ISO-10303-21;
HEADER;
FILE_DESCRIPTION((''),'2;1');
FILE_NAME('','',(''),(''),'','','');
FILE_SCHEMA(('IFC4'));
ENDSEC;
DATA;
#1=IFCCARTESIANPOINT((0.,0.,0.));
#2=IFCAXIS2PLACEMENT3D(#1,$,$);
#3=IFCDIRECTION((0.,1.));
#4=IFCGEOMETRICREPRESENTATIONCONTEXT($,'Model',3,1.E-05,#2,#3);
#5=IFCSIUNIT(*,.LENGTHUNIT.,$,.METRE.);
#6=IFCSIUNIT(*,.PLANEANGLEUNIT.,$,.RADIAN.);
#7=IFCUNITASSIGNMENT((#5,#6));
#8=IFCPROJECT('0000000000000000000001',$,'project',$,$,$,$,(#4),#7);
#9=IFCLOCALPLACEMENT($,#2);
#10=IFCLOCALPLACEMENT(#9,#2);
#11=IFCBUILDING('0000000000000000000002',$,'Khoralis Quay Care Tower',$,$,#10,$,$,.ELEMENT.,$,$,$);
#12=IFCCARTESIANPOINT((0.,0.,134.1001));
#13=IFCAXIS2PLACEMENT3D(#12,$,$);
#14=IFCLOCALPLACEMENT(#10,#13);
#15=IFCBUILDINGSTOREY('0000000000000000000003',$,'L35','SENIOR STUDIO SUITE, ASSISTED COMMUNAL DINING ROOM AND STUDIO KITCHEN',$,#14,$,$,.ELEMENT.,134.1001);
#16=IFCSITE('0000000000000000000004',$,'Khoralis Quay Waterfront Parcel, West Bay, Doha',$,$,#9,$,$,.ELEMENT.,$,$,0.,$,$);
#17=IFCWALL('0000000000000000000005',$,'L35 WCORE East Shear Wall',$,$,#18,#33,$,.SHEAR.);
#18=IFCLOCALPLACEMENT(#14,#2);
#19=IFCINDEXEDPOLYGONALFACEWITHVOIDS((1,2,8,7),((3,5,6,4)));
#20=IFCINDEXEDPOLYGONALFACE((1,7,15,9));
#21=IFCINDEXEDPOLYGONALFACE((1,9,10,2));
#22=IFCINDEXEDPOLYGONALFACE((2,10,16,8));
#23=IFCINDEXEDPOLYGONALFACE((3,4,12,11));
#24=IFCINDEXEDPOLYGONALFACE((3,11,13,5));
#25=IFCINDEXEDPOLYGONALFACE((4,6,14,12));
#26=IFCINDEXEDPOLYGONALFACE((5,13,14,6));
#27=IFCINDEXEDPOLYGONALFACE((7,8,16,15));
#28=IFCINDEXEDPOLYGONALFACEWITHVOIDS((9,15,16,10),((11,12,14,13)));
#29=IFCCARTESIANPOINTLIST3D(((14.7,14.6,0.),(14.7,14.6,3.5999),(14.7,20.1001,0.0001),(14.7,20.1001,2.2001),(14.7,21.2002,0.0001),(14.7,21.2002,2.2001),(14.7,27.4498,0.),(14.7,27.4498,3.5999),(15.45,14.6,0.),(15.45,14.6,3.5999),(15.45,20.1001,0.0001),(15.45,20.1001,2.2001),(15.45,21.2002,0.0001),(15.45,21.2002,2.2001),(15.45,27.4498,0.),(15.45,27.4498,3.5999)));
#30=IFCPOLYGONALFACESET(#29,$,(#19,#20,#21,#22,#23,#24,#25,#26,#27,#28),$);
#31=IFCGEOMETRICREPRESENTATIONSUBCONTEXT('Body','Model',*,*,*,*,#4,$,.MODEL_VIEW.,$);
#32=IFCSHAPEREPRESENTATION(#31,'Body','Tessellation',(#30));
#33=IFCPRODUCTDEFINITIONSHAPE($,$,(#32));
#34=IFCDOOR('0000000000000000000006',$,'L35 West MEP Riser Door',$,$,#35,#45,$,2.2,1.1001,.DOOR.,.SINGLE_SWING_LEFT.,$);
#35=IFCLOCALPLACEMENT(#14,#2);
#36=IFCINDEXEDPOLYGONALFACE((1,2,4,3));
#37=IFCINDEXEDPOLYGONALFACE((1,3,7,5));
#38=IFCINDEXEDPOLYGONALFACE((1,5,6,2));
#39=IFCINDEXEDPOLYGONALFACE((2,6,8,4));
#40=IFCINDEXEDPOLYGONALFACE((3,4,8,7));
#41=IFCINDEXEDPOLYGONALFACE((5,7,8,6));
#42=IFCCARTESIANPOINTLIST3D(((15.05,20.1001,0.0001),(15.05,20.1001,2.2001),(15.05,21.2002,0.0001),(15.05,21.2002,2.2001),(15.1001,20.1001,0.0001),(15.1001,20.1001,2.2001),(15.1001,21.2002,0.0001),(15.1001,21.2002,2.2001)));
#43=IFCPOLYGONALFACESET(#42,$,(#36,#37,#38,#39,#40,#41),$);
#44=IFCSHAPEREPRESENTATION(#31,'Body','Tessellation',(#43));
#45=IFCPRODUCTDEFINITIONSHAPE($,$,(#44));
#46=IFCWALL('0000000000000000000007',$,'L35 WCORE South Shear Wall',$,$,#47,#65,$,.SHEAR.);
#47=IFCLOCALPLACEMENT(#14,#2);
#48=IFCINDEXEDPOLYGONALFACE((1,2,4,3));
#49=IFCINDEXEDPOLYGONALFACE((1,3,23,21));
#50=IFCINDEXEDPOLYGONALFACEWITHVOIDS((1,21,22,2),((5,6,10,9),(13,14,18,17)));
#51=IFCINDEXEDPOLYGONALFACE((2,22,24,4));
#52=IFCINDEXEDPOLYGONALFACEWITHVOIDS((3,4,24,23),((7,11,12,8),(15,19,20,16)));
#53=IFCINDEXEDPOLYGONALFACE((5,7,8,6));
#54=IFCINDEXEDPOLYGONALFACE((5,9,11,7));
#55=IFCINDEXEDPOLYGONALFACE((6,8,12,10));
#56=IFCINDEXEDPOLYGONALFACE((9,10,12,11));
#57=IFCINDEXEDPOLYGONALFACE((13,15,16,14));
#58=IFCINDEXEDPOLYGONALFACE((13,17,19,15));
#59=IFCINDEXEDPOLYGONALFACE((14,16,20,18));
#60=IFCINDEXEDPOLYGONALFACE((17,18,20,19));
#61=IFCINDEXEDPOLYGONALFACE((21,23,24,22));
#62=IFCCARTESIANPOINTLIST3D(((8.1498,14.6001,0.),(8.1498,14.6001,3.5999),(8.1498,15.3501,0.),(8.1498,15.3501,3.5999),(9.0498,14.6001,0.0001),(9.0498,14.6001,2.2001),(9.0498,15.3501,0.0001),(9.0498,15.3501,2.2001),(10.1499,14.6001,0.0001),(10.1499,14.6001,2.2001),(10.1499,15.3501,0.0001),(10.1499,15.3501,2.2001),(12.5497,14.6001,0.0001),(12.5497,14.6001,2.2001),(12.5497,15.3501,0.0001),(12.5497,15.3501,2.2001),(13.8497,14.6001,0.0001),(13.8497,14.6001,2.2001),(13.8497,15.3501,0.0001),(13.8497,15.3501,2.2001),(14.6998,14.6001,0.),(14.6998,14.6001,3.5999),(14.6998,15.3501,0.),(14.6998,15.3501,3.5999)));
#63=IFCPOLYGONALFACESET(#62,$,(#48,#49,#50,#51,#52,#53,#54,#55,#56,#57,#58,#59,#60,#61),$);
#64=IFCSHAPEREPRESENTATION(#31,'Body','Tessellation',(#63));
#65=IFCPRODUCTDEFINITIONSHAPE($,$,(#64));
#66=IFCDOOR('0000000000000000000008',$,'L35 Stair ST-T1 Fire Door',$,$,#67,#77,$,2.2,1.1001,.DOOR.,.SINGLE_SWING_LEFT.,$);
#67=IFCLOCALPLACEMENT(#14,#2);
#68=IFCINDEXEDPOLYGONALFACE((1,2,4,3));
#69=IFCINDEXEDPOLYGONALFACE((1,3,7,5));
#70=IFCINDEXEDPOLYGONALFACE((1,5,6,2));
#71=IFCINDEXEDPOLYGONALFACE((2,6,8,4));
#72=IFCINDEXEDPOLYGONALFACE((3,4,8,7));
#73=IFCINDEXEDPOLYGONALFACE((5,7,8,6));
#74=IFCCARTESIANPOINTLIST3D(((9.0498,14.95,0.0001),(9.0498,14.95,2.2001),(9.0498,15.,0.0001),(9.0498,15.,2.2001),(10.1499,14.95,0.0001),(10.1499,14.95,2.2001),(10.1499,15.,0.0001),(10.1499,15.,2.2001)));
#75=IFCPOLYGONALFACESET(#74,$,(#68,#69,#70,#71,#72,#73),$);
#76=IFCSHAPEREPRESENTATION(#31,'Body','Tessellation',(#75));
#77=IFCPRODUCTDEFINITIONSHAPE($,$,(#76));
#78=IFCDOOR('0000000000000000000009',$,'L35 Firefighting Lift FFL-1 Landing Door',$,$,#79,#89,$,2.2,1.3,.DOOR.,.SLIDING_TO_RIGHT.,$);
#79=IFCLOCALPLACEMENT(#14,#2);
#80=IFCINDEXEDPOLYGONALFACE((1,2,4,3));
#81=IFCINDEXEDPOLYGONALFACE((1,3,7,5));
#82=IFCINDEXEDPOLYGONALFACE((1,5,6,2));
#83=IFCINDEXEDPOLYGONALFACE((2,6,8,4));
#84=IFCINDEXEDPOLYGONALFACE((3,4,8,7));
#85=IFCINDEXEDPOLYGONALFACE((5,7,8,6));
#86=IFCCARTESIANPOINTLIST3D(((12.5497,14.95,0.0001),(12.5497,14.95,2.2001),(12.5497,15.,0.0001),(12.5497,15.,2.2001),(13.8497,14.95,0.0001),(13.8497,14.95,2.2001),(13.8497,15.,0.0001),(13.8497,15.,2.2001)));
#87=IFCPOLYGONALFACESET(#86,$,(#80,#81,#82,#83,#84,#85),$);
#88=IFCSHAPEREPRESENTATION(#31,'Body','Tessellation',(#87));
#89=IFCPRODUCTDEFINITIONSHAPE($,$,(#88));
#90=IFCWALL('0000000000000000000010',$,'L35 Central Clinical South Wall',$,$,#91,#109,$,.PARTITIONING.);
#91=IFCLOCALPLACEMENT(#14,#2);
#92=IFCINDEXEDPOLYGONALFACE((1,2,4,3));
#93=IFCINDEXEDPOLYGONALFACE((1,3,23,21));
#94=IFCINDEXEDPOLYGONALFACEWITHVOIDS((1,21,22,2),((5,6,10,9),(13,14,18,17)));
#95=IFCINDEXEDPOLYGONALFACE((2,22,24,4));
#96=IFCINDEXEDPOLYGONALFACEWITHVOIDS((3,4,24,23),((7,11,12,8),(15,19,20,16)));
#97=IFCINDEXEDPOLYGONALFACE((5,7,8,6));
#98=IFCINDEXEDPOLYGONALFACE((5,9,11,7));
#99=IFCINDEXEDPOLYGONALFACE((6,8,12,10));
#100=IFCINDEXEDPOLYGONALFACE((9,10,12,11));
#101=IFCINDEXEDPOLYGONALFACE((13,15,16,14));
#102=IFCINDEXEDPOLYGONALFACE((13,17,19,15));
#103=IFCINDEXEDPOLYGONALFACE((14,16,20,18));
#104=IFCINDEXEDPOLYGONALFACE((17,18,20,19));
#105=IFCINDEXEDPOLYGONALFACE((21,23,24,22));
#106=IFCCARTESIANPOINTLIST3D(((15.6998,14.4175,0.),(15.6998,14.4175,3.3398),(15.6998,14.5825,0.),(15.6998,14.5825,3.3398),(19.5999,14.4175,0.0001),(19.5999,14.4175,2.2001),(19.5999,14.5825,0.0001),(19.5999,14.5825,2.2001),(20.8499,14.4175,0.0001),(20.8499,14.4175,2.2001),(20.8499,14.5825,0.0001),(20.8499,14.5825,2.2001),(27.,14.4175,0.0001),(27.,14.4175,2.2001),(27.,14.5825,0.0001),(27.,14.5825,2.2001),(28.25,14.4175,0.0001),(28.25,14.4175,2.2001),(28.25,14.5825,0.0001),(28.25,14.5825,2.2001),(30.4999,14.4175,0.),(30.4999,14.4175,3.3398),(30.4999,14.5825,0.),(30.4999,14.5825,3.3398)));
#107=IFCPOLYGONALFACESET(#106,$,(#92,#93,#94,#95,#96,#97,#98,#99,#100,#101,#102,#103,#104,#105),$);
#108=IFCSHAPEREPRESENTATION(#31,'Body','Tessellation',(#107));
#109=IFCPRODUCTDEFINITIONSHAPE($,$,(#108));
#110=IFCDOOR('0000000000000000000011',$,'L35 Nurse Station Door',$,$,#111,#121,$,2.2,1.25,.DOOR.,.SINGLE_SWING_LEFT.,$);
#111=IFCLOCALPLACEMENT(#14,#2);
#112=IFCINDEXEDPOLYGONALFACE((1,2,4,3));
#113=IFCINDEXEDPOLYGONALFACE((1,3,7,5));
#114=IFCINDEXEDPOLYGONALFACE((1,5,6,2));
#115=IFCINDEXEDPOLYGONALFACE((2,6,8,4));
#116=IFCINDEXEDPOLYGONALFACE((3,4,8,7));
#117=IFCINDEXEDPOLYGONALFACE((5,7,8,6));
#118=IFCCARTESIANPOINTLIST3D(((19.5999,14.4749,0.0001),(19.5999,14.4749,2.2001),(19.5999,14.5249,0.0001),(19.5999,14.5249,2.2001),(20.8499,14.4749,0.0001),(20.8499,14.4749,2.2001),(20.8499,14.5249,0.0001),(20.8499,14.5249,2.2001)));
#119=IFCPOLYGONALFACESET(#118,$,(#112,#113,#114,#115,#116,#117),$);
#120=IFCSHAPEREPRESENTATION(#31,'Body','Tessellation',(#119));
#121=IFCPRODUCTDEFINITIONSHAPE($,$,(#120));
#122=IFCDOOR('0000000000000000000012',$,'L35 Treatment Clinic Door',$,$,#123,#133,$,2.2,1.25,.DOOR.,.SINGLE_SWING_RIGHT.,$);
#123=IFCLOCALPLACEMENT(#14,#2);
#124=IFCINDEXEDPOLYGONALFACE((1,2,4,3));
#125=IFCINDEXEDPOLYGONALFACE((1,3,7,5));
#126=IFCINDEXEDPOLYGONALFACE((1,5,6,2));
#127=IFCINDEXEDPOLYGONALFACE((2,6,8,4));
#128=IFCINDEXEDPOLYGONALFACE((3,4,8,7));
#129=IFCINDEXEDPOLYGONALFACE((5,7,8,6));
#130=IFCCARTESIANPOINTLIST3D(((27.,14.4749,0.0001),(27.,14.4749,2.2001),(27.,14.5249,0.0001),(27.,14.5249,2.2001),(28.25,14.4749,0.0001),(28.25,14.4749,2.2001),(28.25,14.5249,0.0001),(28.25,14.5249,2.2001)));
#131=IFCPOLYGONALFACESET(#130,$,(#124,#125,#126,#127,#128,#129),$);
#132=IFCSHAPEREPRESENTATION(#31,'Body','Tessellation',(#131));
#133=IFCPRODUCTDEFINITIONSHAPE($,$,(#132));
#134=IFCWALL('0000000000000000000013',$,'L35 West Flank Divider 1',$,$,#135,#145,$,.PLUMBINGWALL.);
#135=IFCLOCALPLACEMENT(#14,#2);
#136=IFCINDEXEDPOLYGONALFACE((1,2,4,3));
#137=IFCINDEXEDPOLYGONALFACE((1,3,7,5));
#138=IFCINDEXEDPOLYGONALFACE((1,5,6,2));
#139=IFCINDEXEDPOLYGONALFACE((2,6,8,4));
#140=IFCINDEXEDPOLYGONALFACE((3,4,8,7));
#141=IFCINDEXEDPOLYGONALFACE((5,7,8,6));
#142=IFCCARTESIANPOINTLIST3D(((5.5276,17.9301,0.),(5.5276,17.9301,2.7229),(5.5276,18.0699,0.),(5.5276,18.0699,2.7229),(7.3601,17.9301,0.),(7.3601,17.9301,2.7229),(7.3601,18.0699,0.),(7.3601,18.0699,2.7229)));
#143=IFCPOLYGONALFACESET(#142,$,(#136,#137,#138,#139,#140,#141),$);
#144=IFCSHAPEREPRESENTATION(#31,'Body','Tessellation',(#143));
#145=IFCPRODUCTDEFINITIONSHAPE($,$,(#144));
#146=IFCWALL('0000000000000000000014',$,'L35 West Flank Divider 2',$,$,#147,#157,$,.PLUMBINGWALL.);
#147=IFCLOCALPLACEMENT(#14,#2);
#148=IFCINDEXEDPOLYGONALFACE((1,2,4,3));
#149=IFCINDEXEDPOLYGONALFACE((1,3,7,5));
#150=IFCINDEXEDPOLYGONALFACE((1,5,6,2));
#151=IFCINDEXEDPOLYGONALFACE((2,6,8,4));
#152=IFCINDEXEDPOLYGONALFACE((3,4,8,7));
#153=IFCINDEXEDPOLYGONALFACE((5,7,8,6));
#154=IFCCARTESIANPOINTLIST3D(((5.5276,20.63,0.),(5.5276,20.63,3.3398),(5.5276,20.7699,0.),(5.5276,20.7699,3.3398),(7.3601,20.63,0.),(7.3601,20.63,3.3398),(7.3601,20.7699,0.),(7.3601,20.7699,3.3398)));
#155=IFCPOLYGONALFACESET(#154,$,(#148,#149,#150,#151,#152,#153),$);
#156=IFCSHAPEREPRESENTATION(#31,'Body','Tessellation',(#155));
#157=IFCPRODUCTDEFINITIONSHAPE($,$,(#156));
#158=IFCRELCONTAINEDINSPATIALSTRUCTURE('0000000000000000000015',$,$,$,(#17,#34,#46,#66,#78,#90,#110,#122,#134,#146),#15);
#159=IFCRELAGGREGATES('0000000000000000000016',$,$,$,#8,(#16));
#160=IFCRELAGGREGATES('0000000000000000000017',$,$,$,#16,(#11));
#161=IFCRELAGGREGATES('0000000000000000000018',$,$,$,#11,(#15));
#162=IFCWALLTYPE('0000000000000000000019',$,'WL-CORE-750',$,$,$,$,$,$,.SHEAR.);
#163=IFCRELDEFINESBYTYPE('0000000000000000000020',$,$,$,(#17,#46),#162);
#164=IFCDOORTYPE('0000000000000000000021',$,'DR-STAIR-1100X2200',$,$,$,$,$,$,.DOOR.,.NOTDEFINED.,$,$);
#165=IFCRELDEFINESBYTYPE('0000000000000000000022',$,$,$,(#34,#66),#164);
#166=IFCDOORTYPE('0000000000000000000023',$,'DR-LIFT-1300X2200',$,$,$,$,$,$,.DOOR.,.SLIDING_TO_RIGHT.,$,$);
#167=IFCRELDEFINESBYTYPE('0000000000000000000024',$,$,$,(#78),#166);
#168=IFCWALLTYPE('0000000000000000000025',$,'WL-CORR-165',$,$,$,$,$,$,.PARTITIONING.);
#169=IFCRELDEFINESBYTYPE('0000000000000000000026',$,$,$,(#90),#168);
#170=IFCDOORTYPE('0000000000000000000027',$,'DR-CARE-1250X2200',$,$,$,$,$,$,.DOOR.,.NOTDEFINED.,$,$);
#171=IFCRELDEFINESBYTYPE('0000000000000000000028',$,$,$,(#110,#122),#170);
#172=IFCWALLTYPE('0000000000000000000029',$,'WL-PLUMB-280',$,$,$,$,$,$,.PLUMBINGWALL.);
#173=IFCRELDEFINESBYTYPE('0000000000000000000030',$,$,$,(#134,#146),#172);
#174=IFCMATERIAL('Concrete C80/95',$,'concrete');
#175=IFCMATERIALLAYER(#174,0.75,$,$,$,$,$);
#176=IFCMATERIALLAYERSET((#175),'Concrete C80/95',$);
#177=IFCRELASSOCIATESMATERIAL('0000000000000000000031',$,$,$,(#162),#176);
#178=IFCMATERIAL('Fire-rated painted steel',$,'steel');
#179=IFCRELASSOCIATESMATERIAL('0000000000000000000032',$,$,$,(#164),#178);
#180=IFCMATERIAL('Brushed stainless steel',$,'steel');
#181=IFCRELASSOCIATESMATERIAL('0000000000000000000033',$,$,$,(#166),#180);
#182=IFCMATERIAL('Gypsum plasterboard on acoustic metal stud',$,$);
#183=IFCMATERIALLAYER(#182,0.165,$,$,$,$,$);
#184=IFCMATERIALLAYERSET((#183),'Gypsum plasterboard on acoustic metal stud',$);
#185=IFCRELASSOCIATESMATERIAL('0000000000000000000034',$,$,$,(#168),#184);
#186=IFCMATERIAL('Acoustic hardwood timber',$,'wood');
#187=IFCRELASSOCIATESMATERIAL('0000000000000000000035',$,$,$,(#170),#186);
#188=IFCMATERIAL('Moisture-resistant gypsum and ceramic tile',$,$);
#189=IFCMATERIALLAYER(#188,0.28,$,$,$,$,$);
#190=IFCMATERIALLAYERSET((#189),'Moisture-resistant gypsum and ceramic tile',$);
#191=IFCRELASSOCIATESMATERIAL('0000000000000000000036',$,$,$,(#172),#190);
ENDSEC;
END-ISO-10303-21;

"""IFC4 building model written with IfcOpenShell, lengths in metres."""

from ifc_helpers import new_model, si_unit, direction, frame, frame_2d, origin, place, context, subcontext, project, spatial, rectangle, extrude, source, transform, mapped, material, layer, layer_set, type_object, element, fill, save


model = new_model("IFC4")

# Units and contexts
model_context = context("Model", 3, precision=1e-05, world=origin(), true_north=direction((0.0, 1.0)))
body_context = subcontext(model_context, "Body", "Model", "MODEL_VIEW")
ifc_project = project(units=[si_unit("LENGTHUNIT", "METRE"), si_unit("PLANEANGLEUNIT", "RADIAN")], contexts=[model_context])

# Site, building, storey
site_placement = place(None, origin())
site = spatial("IfcSite", under=ifc_project, at=site_placement, Name="Khoralis Quay Waterfront Parcel, West Bay, Doha", CompositionType="ELEMENT", RefElevation=0.0)
building_placement = place(site_placement, origin())
building = spatial("IfcBuilding", under=site, at=building_placement, Name="Khoralis Quay Care Tower", CompositionType="ELEMENT")
storey_placement = place(building_placement, frame((0.0, 0.0, 134.1001)))
storey = spatial("IfcBuildingStorey", under=building, at=storey_placement, Name="L35", Description="SENIOR STUDIO SUITE, ASSISTED COMMUNAL DINING ROOM AND STUDIO KITCHEN", CompositionType="ELEMENT", Elevation=134.1001)

# Shared definitions
ifc_material_1 = material(Name="Gypsum plasterboard on acoustic metal stud")
ifc_material_2 = material(Name="Concrete C80/95", Category="concrete")
ifc_layer_1 = layer(ifc_material_2, 0.75)
ifc_layer_set_1 = layer_set([ifc_layer_1], Name="Concrete C80/95")
wall_type_1 = type_object("IfcWallType", Name="WL-CORE-750", PredefinedType="SHEAR", material=ifc_layer_set_1)

# Wall, opening, door
wall_1_placement = place(storey_placement, frame((15.075, 14.6001, 0.0), z_axis=(0.0, 0.0, 1.0), x_axis=(0.0, 1.0, 0.0)))
wall_1 = element("IfcWall", 1, at=wall_1_placement, inside=storey, type_object=wall_type_1, Name="L35 WCORE East Shear Wall", PredefinedType="SHEAR", context=body_context, shape_type="SweptSolid", body=[
    extrude(rectangle(XDim=12.8499, YDim=0.75, at=frame_2d((6.4248, 0.0))), origin(), (0.0, 0.0, 1.0), 3.5999),
])
opening_1_placement = place(wall_1_placement, frame((5.5, 0.0, 0.0)))
opening_1 = element("IfcOpeningElement", 2, at=opening_1_placement, cuts=wall_1, PredefinedType="OPENING", context=body_context, shape_type="SweptSolid", body=[
    extrude(rectangle(XDim=1.1001, YDim=2.2, at=frame_2d((0.55, 1.1001))), frame((0.0, 0.385, 0.0), z_axis=(0.0, -1.0, 0.0), x_axis=(1.0, 0.0, 0.0)), (0.0, 0.0, 1.0), 0.77),
])
ifc_material_3 = material(Name="Fire-rated painted steel", Category="steel")
door_type_1 = type_object("IfcDoorType", Name="DR-STAIR-1100X2200", OperationType="NOTDEFINED", PredefinedType="DOOR", material=ifc_material_3)
shared_shape_1 = source(origin(), body_context, "Body", "SweptSolid", [
    extrude(rectangle(XDim=1.1001, YDim=2.2, at=frame_2d((0.55, 1.1001))), frame((0.0, 0.0249, 0.0), z_axis=(0.0, -1.0, 0.0), x_axis=(1.0, 0.0, 0.0)), (0.0, 0.0, 1.0), 0.05),
])
door_1_placement = place(opening_1_placement, origin())
door_1 = element("IfcDoor", 3, at=door_1_placement, inside=storey, type_object=door_type_1, Name="L35 West MEP Riser Door", OperationType="SINGLE_SWING_LEFT", OverallHeight=2.2, OverallWidth=1.1001, PredefinedType="DOOR", context=body_context, shape_type="MappedRepresentation", body=[
    mapped(shared_shape_1, transform((0.0, 0.0, 0.0), scale=1.0)),
])
fill(opening_1, door_1)

# Walls, openings, doors
wall_2_placement = place(storey_placement, frame((8.1499, 14.9751, 0.0), z_axis=(0.0, 0.0, 1.0), x_axis=(1.0, 0.0, 0.0)))
wall_2 = element("IfcWall", 4, at=wall_2_placement, inside=storey, type_object=wall_type_1, Name="L35 WCORE South Shear Wall", PredefinedType="SHEAR", context=body_context, shape_type="SweptSolid", body=[
    extrude(rectangle(XDim=6.55, YDim=0.75, at=frame_2d((3.2749, 0.0))), origin(), (0.0, 0.0, 1.0), 3.5999),
])
opening_2_placement = place(wall_2_placement, frame((0.8999, 0.0, 0.0)))
opening_2 = element("IfcOpeningElement", 5, at=opening_2_placement, cuts=wall_2, PredefinedType="OPENING", context=body_context, shape_type="SweptSolid", body=[
    extrude(rectangle(XDim=1.1001, YDim=2.2, at=frame_2d((0.55, 1.1001))), frame((0.0, 0.385, 0.0), z_axis=(0.0, -1.0, 0.0), x_axis=(1.0, 0.0, 0.0)), (0.0, 0.0, 1.0), 0.77),
])
opening_3_placement = place(wall_2_placement, frame((4.3999, 0.0, 0.0)))
opening_3 = element("IfcOpeningElement", 6, at=opening_3_placement, cuts=wall_2, PredefinedType="OPENING", context=body_context, shape_type="SweptSolid", body=[
    extrude(rectangle(XDim=1.3, YDim=2.2, at=frame_2d((0.6499, 1.1001))), frame((0.0, 0.385, 0.0), z_axis=(0.0, -1.0, 0.0), x_axis=(1.0, 0.0, 0.0)), (0.0, 0.0, 1.0), 0.77),
])
door_2_placement = place(opening_2_placement, origin())
door_2 = element("IfcDoor", 7, at=door_2_placement, inside=storey, type_object=door_type_1, Name="L35 Stair ST-T1 Fire Door", OperationType="SINGLE_SWING_LEFT", OverallHeight=2.2, OverallWidth=1.1001, PredefinedType="DOOR", context=body_context, shape_type="MappedRepresentation", body=[
    mapped(shared_shape_1, transform((0.0, 0.0, 0.0), scale=1.0)),
])
fill(opening_2, door_2)
ifc_material_4 = material(Name="Brushed stainless steel", Category="steel")
door_type_2 = type_object("IfcDoorType", Name="DR-LIFT-1300X2200", OperationType="SLIDING_TO_RIGHT", PredefinedType="DOOR", material=ifc_material_4)
shared_shape_2 = source(origin(), body_context, "Body", "SweptSolid", [
    extrude(rectangle(XDim=1.3, YDim=2.2, at=frame_2d((0.6499, 1.1001))), frame((0.0, 0.0249, 0.0), z_axis=(0.0, -1.0, 0.0), x_axis=(1.0, 0.0, 0.0)), (0.0, 0.0, 1.0), 0.05),
])
door_3_placement = place(opening_3_placement, origin())
door_3 = element("IfcDoor", 8, at=door_3_placement, inside=storey, type_object=door_type_2, Name="L35 Firefighting Lift FFL-1 Landing Door", OperationType="SLIDING_TO_RIGHT", OverallHeight=2.2, OverallWidth=1.3, PredefinedType="DOOR", context=body_context, shape_type="MappedRepresentation", body=[
    mapped(shared_shape_2, transform((0.0, 0.0, 0.0), scale=1.0)),
])
fill(opening_3, door_3)
ifc_layer_2 = layer(ifc_material_1, 0.165)
ifc_layer_set_2 = layer_set([ifc_layer_2], Name="Gypsum plasterboard on acoustic metal stud")
wall_type_2 = type_object("IfcWallType", Name="WL-CORR-165", PredefinedType="PARTITIONING", material=ifc_layer_set_2)
wall_3_placement = place(storey_placement, frame((15.7, 14.5, 0.0), z_axis=(0.0, 0.0, 1.0), x_axis=(1.0, 0.0, 0.0)))
wall_3 = element("IfcWall", 9, at=wall_3_placement, inside=storey, type_object=wall_type_2, Name="L35 Central Clinical South Wall", PredefinedType="PARTITIONING", context=body_context, shape_type="SweptSolid", body=[
    extrude(rectangle(XDim=14.8, YDim=0.165, at=frame_2d((7.3999, 0.0))), origin(), (0.0, 0.0, 1.0), 3.3398),
])
opening_4_placement = place(wall_3_placement, frame((3.8999, 0.0, 0.0)))
opening_4 = element("IfcOpeningElement", 10, at=opening_4_placement, cuts=wall_3, PredefinedType="OPENING", context=body_context, shape_type="SweptSolid", body=[
    extrude(rectangle(XDim=1.25, YDim=2.2, at=frame_2d((0.625, 1.1001))), frame((0.0, 0.0925, 0.0), z_axis=(0.0, -1.0, 0.0), x_axis=(1.0, 0.0, 0.0)), (0.0, 0.0, 1.0), 0.1851),
])
opening_5_placement = place(wall_3_placement, frame((11.3, 0.0, 0.0)))
opening_5 = element("IfcOpeningElement", 11, at=opening_5_placement, cuts=wall_3, PredefinedType="OPENING", context=body_context, shape_type="SweptSolid", body=[
    extrude(rectangle(XDim=1.25, YDim=2.2, at=frame_2d((0.625, 1.1001))), frame((0.0, 0.0925, 0.0), z_axis=(0.0, -1.0, 0.0), x_axis=(1.0, 0.0, 0.0)), (0.0, 0.0, 1.0), 0.1851),
])
ifc_material_5 = material(Name="Acoustic hardwood timber", Category="wood")
door_type_3 = type_object("IfcDoorType", Name="DR-CARE-1250X2200", OperationType="NOTDEFINED", PredefinedType="DOOR", material=ifc_material_5)
shared_shape_3 = source(origin(), body_context, "Body", "SweptSolid", [
    extrude(rectangle(XDim=1.25, YDim=2.2, at=frame_2d((0.625, 1.1001))), frame((0.0, 0.0249, 0.0), z_axis=(0.0, -1.0, 0.0), x_axis=(1.0, 0.0, 0.0)), (0.0, 0.0, 1.0), 0.05),
])
door_4_placement = place(opening_4_placement, origin())
door_4 = element("IfcDoor", 12, at=door_4_placement, inside=storey, type_object=door_type_3, Name="L35 Nurse Station Door", OperationType="SINGLE_SWING_LEFT", OverallHeight=2.2, OverallWidth=1.25, PredefinedType="DOOR", context=body_context, shape_type="MappedRepresentation", body=[
    mapped(shared_shape_3, transform((0.0, 0.0, 0.0), scale=1.0)),
])
fill(opening_4, door_4)
door_5_placement = place(opening_5_placement, origin())
door_5 = element("IfcDoor", 13, at=door_5_placement, inside=storey, type_object=door_type_3, Name="L35 Treatment Clinic Door", OperationType="SINGLE_SWING_RIGHT", OverallHeight=2.2, OverallWidth=1.25, PredefinedType="DOOR", context=body_context, shape_type="MappedRepresentation", body=[
    mapped(shared_shape_3, transform((0.0, 0.0, 0.0), scale=1.0)),
])
fill(opening_5, door_5)

# Walls
ifc_material_6 = material(Name="Moisture-resistant gypsum and ceramic tile")
ifc_layer_3 = layer(ifc_material_6, 0.28)
ifc_layer_set_3 = layer_set([ifc_layer_3], Name="Moisture-resistant gypsum and ceramic tile")
wall_type_3 = type_object("IfcWallType", Name="WL-PLUMB-280", PredefinedType="PLUMBINGWALL", material=ifc_layer_set_3)
wall_4_placement = place(storey_placement, frame((5.5276, 18.0, 0.0), z_axis=(0.0, 0.0, 1.0), x_axis=(1.0, 0.0, 0.0)))
element("IfcWall", 14, at=wall_4_placement, inside=storey, type_object=wall_type_3, Name="L35 West Flank Divider 1", PredefinedType="PLUMBINGWALL", context=body_context, shape_type="SweptSolid", body=[
    extrude(rectangle(XDim=1.8325, YDim=0.1399, at=frame_2d((0.9163, 0.0))), origin(), (0.0, 0.0, 1.0), 2.7229),
])
wall_5_placement = place(storey_placement, frame((5.5276, 20.7, 0.0), z_axis=(0.0, 0.0, 1.0), x_axis=(1.0, 0.0, 0.0)))
element("IfcWall", 15, at=wall_5_placement, inside=storey, type_object=wall_type_3, Name="L35 West Flank Divider 2", PredefinedType="PLUMBINGWALL", context=body_context, shape_type="SweptSolid", body=[
    extrude(rectangle(XDim=1.8325, YDim=0.1399, at=frame_2d((0.9163, 0.0))), origin(), (0.0, 0.0, 1.0), 3.3398),
])

save(model, "model.ifc")
